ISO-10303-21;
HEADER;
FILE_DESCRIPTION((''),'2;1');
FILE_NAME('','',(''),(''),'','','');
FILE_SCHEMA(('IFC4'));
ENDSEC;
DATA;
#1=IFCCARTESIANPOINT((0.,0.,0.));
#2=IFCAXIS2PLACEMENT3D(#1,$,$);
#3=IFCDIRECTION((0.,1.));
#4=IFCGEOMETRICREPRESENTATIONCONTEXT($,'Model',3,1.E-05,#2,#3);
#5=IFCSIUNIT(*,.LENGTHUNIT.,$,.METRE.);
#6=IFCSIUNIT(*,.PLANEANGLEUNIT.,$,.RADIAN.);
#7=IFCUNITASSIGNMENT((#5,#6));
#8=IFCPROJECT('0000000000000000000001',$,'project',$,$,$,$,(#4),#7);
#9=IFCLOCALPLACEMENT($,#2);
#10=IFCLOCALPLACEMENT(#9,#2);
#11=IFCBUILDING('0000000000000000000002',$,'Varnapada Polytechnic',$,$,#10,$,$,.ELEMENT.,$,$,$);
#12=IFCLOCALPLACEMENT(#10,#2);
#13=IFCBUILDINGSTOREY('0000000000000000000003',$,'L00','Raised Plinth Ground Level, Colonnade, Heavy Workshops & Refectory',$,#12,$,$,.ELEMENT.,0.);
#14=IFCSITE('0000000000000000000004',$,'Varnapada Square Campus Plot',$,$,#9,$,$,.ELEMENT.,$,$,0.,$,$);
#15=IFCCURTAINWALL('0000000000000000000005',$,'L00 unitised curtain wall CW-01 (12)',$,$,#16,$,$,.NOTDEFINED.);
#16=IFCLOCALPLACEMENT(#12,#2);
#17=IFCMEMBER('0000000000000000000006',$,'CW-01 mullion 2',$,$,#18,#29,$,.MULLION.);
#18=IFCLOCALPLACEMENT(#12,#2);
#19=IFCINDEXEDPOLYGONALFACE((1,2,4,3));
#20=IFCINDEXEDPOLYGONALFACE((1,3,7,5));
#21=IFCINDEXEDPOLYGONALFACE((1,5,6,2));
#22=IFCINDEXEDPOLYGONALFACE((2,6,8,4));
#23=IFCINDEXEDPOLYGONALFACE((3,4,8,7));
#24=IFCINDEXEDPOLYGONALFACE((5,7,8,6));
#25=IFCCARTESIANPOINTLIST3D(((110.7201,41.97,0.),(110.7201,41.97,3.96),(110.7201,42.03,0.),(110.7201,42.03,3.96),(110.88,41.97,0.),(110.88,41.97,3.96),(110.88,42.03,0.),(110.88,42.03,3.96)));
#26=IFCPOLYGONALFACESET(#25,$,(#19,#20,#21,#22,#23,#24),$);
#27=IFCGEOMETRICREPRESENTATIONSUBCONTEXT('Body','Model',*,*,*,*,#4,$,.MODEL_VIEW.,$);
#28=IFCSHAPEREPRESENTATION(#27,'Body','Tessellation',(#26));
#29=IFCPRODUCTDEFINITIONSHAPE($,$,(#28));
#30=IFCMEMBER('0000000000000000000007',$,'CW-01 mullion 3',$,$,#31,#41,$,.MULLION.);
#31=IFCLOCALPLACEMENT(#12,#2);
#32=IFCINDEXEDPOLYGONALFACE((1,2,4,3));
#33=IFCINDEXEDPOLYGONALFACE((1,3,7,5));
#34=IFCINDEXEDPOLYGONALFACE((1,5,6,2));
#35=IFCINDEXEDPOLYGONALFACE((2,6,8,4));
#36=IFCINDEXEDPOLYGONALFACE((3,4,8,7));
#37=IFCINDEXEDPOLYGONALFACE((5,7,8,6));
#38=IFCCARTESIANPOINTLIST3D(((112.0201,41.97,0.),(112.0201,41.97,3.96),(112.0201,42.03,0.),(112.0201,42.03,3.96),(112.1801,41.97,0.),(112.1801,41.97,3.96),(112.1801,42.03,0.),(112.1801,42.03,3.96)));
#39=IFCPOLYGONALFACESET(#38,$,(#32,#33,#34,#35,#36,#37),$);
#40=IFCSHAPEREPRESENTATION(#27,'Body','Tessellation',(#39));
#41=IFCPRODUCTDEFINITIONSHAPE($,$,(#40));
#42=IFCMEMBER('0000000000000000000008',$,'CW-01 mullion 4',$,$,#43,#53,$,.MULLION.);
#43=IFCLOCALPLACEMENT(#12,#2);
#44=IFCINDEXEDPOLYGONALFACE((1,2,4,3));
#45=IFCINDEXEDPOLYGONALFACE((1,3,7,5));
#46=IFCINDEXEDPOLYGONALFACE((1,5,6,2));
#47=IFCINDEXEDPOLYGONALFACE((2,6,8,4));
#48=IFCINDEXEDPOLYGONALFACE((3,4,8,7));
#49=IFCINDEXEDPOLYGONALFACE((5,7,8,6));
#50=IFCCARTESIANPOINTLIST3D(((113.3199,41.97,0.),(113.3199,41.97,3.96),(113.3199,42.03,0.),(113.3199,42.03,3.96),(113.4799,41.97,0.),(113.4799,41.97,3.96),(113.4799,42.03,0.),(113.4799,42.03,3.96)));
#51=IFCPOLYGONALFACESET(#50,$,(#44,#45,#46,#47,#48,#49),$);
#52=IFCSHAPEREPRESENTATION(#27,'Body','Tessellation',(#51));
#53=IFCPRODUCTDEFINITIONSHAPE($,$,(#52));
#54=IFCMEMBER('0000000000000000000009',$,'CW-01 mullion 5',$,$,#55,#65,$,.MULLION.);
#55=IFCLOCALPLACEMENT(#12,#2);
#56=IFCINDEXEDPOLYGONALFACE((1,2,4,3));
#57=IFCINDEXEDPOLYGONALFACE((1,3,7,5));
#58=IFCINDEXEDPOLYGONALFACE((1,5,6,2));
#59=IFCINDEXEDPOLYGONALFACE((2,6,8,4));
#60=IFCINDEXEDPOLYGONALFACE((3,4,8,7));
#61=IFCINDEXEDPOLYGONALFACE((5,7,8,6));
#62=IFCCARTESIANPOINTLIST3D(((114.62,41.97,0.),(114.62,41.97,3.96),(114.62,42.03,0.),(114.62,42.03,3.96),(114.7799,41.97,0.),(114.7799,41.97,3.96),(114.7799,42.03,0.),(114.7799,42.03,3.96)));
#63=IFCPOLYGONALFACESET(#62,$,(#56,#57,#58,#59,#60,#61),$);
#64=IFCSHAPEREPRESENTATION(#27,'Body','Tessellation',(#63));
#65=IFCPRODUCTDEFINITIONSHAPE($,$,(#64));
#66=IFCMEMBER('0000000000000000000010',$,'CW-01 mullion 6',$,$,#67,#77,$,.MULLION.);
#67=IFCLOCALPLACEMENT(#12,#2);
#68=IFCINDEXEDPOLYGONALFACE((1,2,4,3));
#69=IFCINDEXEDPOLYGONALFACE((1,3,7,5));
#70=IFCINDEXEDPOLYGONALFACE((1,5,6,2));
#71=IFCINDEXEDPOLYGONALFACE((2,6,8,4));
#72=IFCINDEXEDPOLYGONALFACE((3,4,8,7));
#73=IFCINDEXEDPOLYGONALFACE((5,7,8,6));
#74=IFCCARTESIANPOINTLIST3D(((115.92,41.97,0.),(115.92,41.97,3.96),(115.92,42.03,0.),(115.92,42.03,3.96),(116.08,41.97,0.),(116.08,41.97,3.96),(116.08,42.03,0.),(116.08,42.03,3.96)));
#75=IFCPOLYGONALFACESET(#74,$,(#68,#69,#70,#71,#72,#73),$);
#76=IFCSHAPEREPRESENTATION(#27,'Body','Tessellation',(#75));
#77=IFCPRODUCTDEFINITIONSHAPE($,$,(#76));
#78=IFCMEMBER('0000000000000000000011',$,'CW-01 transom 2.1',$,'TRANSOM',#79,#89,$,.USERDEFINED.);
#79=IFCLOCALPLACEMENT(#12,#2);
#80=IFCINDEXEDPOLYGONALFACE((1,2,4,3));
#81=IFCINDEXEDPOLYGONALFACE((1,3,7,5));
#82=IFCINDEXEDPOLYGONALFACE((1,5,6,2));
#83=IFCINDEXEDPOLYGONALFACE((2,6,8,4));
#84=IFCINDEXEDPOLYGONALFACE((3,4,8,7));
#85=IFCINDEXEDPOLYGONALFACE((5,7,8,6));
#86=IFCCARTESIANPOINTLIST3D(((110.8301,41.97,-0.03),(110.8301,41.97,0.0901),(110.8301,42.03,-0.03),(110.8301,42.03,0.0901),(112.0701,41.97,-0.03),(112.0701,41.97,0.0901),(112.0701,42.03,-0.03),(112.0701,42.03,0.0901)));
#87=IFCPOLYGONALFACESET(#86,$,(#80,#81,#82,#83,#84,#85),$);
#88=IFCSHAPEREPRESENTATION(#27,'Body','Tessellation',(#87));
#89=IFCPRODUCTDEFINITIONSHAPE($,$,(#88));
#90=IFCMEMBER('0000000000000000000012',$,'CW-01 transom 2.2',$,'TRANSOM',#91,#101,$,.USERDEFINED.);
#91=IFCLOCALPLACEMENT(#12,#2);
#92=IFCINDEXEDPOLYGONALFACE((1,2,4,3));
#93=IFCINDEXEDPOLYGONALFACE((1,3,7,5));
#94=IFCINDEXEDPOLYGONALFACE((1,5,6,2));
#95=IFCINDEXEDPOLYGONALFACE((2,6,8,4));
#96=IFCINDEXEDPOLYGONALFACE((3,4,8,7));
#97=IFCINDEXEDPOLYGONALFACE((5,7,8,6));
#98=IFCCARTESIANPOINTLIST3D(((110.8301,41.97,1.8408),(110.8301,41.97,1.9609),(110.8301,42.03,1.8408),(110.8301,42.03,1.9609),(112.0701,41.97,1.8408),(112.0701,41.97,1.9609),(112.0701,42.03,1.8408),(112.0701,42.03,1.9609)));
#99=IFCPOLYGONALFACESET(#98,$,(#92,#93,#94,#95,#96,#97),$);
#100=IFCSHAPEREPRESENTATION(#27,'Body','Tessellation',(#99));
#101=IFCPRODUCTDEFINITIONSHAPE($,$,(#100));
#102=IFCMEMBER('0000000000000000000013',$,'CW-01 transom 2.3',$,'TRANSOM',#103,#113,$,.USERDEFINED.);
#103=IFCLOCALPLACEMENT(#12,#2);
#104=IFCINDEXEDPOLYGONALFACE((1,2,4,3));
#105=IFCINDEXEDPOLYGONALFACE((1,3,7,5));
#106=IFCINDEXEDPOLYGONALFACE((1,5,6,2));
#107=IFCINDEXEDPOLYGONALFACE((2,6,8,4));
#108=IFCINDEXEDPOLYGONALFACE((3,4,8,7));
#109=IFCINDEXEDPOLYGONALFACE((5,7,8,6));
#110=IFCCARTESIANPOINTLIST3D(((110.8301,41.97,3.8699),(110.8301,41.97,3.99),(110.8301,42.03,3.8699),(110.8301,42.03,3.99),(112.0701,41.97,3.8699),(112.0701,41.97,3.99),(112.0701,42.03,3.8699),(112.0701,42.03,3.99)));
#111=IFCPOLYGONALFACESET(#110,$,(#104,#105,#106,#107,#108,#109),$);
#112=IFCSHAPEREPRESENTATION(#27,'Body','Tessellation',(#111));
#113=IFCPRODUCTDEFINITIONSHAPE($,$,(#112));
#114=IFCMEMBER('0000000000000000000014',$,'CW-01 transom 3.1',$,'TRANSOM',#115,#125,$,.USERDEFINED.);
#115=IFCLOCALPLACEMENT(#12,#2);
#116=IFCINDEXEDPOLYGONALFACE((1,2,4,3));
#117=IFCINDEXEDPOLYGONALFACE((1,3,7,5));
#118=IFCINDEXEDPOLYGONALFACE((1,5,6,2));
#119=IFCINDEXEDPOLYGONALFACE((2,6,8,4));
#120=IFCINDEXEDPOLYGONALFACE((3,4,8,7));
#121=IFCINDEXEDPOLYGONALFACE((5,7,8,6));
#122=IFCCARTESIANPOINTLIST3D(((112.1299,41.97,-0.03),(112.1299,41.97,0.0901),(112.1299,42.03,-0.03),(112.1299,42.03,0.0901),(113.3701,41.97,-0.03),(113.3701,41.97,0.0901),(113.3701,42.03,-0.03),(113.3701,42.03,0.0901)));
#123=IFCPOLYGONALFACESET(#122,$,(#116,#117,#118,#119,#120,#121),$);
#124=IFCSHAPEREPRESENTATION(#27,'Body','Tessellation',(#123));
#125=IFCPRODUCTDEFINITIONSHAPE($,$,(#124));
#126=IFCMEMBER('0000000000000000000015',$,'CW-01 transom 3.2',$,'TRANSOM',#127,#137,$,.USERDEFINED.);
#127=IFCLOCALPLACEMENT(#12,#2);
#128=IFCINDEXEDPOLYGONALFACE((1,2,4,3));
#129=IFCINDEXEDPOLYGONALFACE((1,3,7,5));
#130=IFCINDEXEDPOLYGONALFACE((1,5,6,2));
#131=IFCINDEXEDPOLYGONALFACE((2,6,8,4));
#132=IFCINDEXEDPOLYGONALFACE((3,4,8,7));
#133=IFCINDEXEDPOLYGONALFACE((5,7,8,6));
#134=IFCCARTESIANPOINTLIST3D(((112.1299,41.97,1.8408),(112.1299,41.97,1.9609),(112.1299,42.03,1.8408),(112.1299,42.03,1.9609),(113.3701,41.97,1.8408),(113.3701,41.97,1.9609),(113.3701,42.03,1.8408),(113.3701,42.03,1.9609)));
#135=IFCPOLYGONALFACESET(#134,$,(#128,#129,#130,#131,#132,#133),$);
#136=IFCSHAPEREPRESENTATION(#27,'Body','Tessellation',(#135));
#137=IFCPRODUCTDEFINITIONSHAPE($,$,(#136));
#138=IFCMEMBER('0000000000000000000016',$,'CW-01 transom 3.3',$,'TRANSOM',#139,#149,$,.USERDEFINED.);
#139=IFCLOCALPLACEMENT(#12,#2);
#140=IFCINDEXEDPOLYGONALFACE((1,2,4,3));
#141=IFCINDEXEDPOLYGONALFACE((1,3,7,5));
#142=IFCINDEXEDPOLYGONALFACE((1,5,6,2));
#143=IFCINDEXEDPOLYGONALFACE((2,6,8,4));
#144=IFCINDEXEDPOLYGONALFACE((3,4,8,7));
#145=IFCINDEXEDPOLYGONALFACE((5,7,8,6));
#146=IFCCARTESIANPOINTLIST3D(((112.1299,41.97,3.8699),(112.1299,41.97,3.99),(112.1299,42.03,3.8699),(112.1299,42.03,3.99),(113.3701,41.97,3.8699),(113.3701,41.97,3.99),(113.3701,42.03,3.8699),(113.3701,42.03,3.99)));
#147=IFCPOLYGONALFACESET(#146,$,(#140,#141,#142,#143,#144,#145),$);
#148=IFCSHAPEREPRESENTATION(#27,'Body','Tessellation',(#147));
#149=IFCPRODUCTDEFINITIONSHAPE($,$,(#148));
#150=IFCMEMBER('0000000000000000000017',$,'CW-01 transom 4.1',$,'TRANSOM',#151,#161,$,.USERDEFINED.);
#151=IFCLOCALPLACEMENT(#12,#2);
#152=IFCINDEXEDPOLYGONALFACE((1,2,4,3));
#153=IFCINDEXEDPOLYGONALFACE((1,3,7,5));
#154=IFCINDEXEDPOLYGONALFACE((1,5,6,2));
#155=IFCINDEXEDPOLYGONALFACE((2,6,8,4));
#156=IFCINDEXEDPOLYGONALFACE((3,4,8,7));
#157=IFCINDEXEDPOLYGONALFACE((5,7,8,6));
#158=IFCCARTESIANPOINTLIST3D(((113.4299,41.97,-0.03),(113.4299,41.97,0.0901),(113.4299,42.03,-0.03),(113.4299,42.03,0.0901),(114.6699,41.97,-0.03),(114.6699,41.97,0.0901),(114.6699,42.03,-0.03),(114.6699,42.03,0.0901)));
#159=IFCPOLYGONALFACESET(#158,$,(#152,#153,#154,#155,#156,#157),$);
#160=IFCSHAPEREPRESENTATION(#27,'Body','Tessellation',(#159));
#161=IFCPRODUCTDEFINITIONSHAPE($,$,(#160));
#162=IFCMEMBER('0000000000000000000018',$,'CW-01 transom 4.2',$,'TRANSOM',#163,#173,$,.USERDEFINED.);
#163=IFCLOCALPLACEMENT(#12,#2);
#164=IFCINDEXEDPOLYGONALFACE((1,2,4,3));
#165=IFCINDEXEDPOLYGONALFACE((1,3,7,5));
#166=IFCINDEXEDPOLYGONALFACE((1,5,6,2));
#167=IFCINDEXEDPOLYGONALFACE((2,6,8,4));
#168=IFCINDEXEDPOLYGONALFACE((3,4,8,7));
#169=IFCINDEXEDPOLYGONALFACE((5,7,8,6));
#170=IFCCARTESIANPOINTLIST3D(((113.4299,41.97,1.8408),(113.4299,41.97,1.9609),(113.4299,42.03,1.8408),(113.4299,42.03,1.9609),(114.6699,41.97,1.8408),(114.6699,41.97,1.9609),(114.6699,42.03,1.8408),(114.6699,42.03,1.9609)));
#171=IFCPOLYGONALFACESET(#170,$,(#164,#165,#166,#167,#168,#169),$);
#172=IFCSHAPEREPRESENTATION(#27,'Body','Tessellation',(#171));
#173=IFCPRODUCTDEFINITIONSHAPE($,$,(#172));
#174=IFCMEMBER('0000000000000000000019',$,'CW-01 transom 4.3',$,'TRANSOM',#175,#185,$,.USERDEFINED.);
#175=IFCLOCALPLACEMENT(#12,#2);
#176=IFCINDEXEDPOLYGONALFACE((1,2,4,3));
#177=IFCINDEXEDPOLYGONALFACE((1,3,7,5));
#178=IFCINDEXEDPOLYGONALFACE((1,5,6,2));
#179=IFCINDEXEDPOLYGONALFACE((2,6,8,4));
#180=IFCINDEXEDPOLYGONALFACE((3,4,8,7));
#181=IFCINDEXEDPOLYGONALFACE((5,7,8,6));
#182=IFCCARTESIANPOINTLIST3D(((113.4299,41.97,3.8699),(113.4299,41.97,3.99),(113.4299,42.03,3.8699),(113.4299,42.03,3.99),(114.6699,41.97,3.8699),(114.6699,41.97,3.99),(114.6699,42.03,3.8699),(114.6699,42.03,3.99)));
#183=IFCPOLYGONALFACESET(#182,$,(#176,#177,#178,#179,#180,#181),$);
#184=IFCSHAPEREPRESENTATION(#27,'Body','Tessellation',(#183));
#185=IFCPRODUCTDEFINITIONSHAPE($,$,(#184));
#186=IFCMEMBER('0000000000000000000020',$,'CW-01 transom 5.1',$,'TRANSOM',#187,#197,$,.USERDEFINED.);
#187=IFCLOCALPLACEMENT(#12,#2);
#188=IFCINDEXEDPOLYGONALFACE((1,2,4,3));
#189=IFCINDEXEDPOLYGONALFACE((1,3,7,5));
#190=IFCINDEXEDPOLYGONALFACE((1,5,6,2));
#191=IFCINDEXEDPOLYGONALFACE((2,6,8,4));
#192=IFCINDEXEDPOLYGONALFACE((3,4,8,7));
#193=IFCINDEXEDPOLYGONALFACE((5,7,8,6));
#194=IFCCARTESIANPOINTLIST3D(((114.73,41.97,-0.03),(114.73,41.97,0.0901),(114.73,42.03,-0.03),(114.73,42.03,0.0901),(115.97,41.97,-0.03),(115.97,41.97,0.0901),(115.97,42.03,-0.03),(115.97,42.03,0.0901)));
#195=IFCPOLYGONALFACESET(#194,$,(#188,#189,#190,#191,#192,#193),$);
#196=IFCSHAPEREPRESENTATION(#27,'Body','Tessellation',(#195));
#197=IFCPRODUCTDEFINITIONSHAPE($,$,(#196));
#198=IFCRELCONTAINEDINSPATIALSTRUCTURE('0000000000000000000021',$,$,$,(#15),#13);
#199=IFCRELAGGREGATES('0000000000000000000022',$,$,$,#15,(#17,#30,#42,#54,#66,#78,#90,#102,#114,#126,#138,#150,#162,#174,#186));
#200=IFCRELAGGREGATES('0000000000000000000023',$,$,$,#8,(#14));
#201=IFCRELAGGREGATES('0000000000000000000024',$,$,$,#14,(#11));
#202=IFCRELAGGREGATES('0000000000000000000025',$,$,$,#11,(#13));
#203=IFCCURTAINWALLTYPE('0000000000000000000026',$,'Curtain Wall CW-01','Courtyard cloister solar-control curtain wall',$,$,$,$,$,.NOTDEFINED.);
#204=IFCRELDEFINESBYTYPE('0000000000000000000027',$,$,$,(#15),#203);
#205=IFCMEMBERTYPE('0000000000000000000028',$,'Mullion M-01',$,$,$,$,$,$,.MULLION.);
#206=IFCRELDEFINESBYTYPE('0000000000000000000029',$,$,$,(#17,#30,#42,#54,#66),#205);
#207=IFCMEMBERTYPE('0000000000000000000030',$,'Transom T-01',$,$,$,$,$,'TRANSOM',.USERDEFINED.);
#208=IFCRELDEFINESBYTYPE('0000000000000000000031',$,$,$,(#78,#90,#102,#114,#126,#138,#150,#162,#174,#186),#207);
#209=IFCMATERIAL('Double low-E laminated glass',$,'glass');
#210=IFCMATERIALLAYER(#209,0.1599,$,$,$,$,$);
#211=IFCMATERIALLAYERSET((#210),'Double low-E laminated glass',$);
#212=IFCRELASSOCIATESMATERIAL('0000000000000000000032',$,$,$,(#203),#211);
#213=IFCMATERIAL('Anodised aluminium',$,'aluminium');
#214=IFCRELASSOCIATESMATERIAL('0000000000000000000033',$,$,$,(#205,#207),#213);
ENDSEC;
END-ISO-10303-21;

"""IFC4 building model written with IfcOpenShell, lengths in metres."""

from ifc_helpers import new_model, si_unit, direction, frame, origin, origin_2d, place, context, subcontext, project, spatial, rectangle, extrude, material, layer, layer_set, material_profile, profile_set, type_object, element, aggregate, save


model = new_model("IFC4")

# Units and contexts
model_context = context("Model", 3, precision=1e-05, world=origin(), true_north=direction((0.0, 1.0)))
body_context = subcontext(model_context, "Body", "Model", "MODEL_VIEW")
ifc_project = project(units=[si_unit("LENGTHUNIT", "METRE"), si_unit("PLANEANGLEUNIT", "RADIAN")], contexts=[model_context])

# Site, building, storey
site_placement = place(None, origin())
site = spatial("IfcSite", under=ifc_project, at=site_placement, Name="Varnapada Square Campus Plot", CompositionType="ELEMENT", RefElevation=0.0)
building_placement = place(site_placement, origin())
building = spatial("IfcBuilding", under=site, at=building_placement, Name="Varnapada Polytechnic", CompositionType="ELEMENT")
storey_placement = place(building_placement, origin())
storey = spatial("IfcBuildingStorey", under=building, at=storey_placement, Name="L00", Description="Raised Plinth Ground Level, Colonnade, Heavy Workshops & Refectory", CompositionType="ELEMENT", Elevation=0.0)

# Curtain wall, members
ifc_material_1 = material(Name="Double low-E laminated glass", Category="glass")
ifc_layer_1 = layer(ifc_material_1, 0.1599)
ifc_layer_set_1 = layer_set([ifc_layer_1], Name="Double low-E laminated glass")
curtain_wall_type = type_object("IfcCurtainWallType", Name="Curtain Wall CW-01", Description="Courtyard cloister solar-control curtain wall", PredefinedType="NOTDEFINED", material=ifc_layer_set_1)
curtain_wall_placement = place(storey_placement, origin())
curtain_wall = element("IfcCurtainWall", 1, at=curtain_wall_placement, inside=storey, type_object=curtain_wall_type, Name="L00 unitised curtain wall CW-01 (12)", PredefinedType="NOTDEFINED")
ifc_material_2 = material(Name="Anodised aluminium", Category="aluminium")
ifc_material_profile_1 = material_profile(ifc_material_2, rectangle(XDim=0.0601, YDim=0.1599, at=origin_2d()), Name="ALU M60x160")
ifc_profile_set_1 = profile_set([ifc_material_profile_1], Name="Anodised aluminium")
member_type_1 = type_object("IfcMemberType", Name="Mullion M-01", PredefinedType="MULLION", material=ifc_profile_set_1)
member_1_placement = place(storey_placement, frame((110.8, 42.0, 0.0), z_axis=(0.0, 0.0, 1.0), x_axis=(0.0, 1.0, 0.0)))
member_1 = element("IfcMember", 2, at=member_1_placement, type_object=member_type_1, Name="CW-01 mullion 2", PredefinedType="MULLION", context=body_context, shape_type="SweptSolid", body=[
    extrude(rectangle(XDim=0.0601, YDim=0.1599, at=origin_2d()), origin(), (0.0, 0.0, 1.0), 3.96),
])
member_2_placement = place(storey_placement, frame((112.1001, 42.0, 0.0), z_axis=(0.0, 0.0, 1.0), x_axis=(0.0, 1.0, 0.0)))
member_2 = element("IfcMember", 3, at=member_2_placement, type_object=member_type_1, Name="CW-01 mullion 3", PredefinedType="MULLION", context=body_context, shape_type="SweptSolid", body=[
    extrude(rectangle(XDim=0.0601, YDim=0.1599, at=origin_2d()), origin(), (0.0, 0.0, 1.0), 3.96),
])
member_3_placement = place(storey_placement, frame((113.3999, 42.0, 0.0), z_axis=(0.0, 0.0, 1.0), x_axis=(0.0, 1.0, 0.0)))
member_3 = element("IfcMember", 4, at=member_3_placement, type_object=member_type_1, Name="CW-01 mullion 4", PredefinedType="MULLION", context=body_context, shape_type="SweptSolid", body=[
    extrude(rectangle(XDim=0.0601, YDim=0.1599, at=origin_2d()), origin(), (0.0, 0.0, 1.0), 3.96),
])
member_4_placement = place(storey_placement, frame((114.7, 42.0, 0.0), z_axis=(0.0, 0.0, 1.0), x_axis=(0.0, 1.0, 0.0)))
member_4 = element("IfcMember", 5, at=member_4_placement, type_object=member_type_1, Name="CW-01 mullion 5", PredefinedType="MULLION", context=body_context, shape_type="SweptSolid", body=[
    extrude(rectangle(XDim=0.0601, YDim=0.1599, at=origin_2d()), origin(), (0.0, 0.0, 1.0), 3.96),
])
member_5_placement = place(storey_placement, frame((116.0, 42.0, 0.0), z_axis=(0.0, 0.0, 1.0), x_axis=(0.0, 1.0, 0.0)))
member_5 = element("IfcMember", 6, at=member_5_placement, type_object=member_type_1, Name="CW-01 mullion 6", PredefinedType="MULLION", context=body_context, shape_type="SweptSolid", body=[
    extrude(rectangle(XDim=0.0601, YDim=0.1599, at=origin_2d()), origin(), (0.0, 0.0, 1.0), 3.96),
])
ifc_material_profile_2 = material_profile(ifc_material_2, rectangle(XDim=0.0601, YDim=0.1201, at=origin_2d()), Name="ALU T60x120")
ifc_profile_set_2 = profile_set([ifc_material_profile_2], Name="Anodised aluminium")
member_type_2 = type_object("IfcMemberType", Name="Transom T-01", ElementType="TRANSOM", PredefinedType="USERDEFINED", material=ifc_profile_set_2)
member_6_placement = place(storey_placement, frame((110.8301, 42.0, 0.03), z_axis=(1.0, 0.0, 0.0), x_axis=(0.0, 1.0, 0.0)))
member_6 = element("IfcMember", 7, at=member_6_placement, type_object=member_type_2, Name="CW-01 transom 2.1", ObjectType="TRANSOM", PredefinedType="USERDEFINED", context=body_context, shape_type="SweptSolid", body=[
    extrude(rectangle(XDim=0.0601, YDim=0.1201, at=origin_2d()), origin(), (0.0, 0.0, 1.0), 1.24),
])
member_7_placement = place(storey_placement, frame((110.8301, 42.0, 1.9009), z_axis=(1.0, 0.0, 0.0), x_axis=(0.0, 1.0, 0.0)))
member_7 = element("IfcMember", 8, at=member_7_placement, type_object=member_type_2, Name="CW-01 transom 2.2", ObjectType="TRANSOM", PredefinedType="USERDEFINED", context=body_context, shape_type="SweptSolid", body=[
    extrude(rectangle(XDim=0.0601, YDim=0.1201, at=origin_2d()), origin(), (0.0, 0.0, 1.0), 1.24),
])
member_8_placement = place(storey_placement, frame((110.8301, 42.0, 3.9299), z_axis=(1.0, 0.0, 0.0), x_axis=(0.0, 1.0, 0.0)))
member_8 = element("IfcMember", 9, at=member_8_placement, type_object=member_type_2, Name="CW-01 transom 2.3", ObjectType="TRANSOM", PredefinedType="USERDEFINED", context=body_context, shape_type="SweptSolid", body=[
    extrude(rectangle(XDim=0.0601, YDim=0.1201, at=origin_2d()), origin(), (0.0, 0.0, 1.0), 1.24),
])
member_9_placement = place(storey_placement, frame((112.1299, 42.0, 0.03), z_axis=(1.0, 0.0, 0.0), x_axis=(0.0, 1.0, 0.0)))
member_9 = element("IfcMember", 10, at=member_9_placement, type_object=member_type_2, Name="CW-01 transom 3.1", ObjectType="TRANSOM", PredefinedType="USERDEFINED", context=body_context, shape_type="SweptSolid", body=[
    extrude(rectangle(XDim=0.0601, YDim=0.1201, at=origin_2d()), origin(), (0.0, 0.0, 1.0), 1.2402),
])
member_10_placement = place(storey_placement, frame((112.1299, 42.0, 1.9009), z_axis=(1.0, 0.0, 0.0), x_axis=(0.0, 1.0, 0.0)))
member_10 = element("IfcMember", 11, at=member_10_placement, type_object=member_type_2, Name="CW-01 transom 3.2", ObjectType="TRANSOM", PredefinedType="USERDEFINED", context=body_context, shape_type="SweptSolid", body=[
    extrude(rectangle(XDim=0.0601, YDim=0.1201, at=origin_2d()), origin(), (0.0, 0.0, 1.0), 1.2402),
])
member_11_placement = place(storey_placement, frame((112.1299, 42.0, 3.9299), z_axis=(1.0, 0.0, 0.0), x_axis=(0.0, 1.0, 0.0)))
member_11 = element("IfcMember", 12, at=member_11_placement, type_object=member_type_2, Name="CW-01 transom 3.3", ObjectType="TRANSOM", PredefinedType="USERDEFINED", context=body_context, shape_type="SweptSolid", body=[
    extrude(rectangle(XDim=0.0601, YDim=0.1201, at=origin_2d()), origin(), (0.0, 0.0, 1.0), 1.2402),
])
member_12_placement = place(storey_placement, frame((113.4299, 42.0, 0.03), z_axis=(1.0, 0.0, 0.0), x_axis=(0.0, 1.0, 0.0)))
member_12 = element("IfcMember", 13, at=member_12_placement, type_object=member_type_2, Name="CW-01 transom 4.1", ObjectType="TRANSOM", PredefinedType="USERDEFINED", context=body_context, shape_type="SweptSolid", body=[
    extrude(rectangle(XDim=0.0601, YDim=0.1201, at=origin_2d()), origin(), (0.0, 0.0, 1.0), 1.24),
])
member_13_placement = place(storey_placement, frame((113.4299, 42.0, 1.9009), z_axis=(1.0, 0.0, 0.0), x_axis=(0.0, 1.0, 0.0)))
member_13 = element("IfcMember", 14, at=member_13_placement, type_object=member_type_2, Name="CW-01 transom 4.2", ObjectType="TRANSOM", PredefinedType="USERDEFINED", context=body_context, shape_type="SweptSolid", body=[
    extrude(rectangle(XDim=0.0601, YDim=0.1201, at=origin_2d()), origin(), (0.0, 0.0, 1.0), 1.24),
])
member_14_placement = place(storey_placement, frame((113.4299, 42.0, 3.9299), z_axis=(1.0, 0.0, 0.0), x_axis=(0.0, 1.0, 0.0)))
member_14 = element("IfcMember", 15, at=member_14_placement, type_object=member_type_2, Name="CW-01 transom 4.3", ObjectType="TRANSOM", PredefinedType="USERDEFINED", context=body_context, shape_type="SweptSolid", body=[
    extrude(rectangle(XDim=0.0601, YDim=0.1201, at=origin_2d()), origin(), (0.0, 0.0, 1.0), 1.24),
])
member_15_placement = place(storey_placement, frame((114.73, 42.0, 0.03), z_axis=(1.0, 0.0, 0.0), x_axis=(0.0, 1.0, 0.0)))
member_15 = element("IfcMember", 16, at=member_15_placement, type_object=member_type_2, Name="CW-01 transom 5.1", ObjectType="TRANSOM", PredefinedType="USERDEFINED", context=body_context, shape_type="SweptSolid", body=[
    extrude(rectangle(XDim=0.0601, YDim=0.1201, at=origin_2d()), origin(), (0.0, 0.0, 1.0), 1.24),
])
aggregate(curtain_wall, [member_1, member_2, member_3, member_4, member_5, member_6, member_7, member_8, member_9, member_10, member_11, member_12, member_13, member_14, member_15])

save(model, "model.ifc")
